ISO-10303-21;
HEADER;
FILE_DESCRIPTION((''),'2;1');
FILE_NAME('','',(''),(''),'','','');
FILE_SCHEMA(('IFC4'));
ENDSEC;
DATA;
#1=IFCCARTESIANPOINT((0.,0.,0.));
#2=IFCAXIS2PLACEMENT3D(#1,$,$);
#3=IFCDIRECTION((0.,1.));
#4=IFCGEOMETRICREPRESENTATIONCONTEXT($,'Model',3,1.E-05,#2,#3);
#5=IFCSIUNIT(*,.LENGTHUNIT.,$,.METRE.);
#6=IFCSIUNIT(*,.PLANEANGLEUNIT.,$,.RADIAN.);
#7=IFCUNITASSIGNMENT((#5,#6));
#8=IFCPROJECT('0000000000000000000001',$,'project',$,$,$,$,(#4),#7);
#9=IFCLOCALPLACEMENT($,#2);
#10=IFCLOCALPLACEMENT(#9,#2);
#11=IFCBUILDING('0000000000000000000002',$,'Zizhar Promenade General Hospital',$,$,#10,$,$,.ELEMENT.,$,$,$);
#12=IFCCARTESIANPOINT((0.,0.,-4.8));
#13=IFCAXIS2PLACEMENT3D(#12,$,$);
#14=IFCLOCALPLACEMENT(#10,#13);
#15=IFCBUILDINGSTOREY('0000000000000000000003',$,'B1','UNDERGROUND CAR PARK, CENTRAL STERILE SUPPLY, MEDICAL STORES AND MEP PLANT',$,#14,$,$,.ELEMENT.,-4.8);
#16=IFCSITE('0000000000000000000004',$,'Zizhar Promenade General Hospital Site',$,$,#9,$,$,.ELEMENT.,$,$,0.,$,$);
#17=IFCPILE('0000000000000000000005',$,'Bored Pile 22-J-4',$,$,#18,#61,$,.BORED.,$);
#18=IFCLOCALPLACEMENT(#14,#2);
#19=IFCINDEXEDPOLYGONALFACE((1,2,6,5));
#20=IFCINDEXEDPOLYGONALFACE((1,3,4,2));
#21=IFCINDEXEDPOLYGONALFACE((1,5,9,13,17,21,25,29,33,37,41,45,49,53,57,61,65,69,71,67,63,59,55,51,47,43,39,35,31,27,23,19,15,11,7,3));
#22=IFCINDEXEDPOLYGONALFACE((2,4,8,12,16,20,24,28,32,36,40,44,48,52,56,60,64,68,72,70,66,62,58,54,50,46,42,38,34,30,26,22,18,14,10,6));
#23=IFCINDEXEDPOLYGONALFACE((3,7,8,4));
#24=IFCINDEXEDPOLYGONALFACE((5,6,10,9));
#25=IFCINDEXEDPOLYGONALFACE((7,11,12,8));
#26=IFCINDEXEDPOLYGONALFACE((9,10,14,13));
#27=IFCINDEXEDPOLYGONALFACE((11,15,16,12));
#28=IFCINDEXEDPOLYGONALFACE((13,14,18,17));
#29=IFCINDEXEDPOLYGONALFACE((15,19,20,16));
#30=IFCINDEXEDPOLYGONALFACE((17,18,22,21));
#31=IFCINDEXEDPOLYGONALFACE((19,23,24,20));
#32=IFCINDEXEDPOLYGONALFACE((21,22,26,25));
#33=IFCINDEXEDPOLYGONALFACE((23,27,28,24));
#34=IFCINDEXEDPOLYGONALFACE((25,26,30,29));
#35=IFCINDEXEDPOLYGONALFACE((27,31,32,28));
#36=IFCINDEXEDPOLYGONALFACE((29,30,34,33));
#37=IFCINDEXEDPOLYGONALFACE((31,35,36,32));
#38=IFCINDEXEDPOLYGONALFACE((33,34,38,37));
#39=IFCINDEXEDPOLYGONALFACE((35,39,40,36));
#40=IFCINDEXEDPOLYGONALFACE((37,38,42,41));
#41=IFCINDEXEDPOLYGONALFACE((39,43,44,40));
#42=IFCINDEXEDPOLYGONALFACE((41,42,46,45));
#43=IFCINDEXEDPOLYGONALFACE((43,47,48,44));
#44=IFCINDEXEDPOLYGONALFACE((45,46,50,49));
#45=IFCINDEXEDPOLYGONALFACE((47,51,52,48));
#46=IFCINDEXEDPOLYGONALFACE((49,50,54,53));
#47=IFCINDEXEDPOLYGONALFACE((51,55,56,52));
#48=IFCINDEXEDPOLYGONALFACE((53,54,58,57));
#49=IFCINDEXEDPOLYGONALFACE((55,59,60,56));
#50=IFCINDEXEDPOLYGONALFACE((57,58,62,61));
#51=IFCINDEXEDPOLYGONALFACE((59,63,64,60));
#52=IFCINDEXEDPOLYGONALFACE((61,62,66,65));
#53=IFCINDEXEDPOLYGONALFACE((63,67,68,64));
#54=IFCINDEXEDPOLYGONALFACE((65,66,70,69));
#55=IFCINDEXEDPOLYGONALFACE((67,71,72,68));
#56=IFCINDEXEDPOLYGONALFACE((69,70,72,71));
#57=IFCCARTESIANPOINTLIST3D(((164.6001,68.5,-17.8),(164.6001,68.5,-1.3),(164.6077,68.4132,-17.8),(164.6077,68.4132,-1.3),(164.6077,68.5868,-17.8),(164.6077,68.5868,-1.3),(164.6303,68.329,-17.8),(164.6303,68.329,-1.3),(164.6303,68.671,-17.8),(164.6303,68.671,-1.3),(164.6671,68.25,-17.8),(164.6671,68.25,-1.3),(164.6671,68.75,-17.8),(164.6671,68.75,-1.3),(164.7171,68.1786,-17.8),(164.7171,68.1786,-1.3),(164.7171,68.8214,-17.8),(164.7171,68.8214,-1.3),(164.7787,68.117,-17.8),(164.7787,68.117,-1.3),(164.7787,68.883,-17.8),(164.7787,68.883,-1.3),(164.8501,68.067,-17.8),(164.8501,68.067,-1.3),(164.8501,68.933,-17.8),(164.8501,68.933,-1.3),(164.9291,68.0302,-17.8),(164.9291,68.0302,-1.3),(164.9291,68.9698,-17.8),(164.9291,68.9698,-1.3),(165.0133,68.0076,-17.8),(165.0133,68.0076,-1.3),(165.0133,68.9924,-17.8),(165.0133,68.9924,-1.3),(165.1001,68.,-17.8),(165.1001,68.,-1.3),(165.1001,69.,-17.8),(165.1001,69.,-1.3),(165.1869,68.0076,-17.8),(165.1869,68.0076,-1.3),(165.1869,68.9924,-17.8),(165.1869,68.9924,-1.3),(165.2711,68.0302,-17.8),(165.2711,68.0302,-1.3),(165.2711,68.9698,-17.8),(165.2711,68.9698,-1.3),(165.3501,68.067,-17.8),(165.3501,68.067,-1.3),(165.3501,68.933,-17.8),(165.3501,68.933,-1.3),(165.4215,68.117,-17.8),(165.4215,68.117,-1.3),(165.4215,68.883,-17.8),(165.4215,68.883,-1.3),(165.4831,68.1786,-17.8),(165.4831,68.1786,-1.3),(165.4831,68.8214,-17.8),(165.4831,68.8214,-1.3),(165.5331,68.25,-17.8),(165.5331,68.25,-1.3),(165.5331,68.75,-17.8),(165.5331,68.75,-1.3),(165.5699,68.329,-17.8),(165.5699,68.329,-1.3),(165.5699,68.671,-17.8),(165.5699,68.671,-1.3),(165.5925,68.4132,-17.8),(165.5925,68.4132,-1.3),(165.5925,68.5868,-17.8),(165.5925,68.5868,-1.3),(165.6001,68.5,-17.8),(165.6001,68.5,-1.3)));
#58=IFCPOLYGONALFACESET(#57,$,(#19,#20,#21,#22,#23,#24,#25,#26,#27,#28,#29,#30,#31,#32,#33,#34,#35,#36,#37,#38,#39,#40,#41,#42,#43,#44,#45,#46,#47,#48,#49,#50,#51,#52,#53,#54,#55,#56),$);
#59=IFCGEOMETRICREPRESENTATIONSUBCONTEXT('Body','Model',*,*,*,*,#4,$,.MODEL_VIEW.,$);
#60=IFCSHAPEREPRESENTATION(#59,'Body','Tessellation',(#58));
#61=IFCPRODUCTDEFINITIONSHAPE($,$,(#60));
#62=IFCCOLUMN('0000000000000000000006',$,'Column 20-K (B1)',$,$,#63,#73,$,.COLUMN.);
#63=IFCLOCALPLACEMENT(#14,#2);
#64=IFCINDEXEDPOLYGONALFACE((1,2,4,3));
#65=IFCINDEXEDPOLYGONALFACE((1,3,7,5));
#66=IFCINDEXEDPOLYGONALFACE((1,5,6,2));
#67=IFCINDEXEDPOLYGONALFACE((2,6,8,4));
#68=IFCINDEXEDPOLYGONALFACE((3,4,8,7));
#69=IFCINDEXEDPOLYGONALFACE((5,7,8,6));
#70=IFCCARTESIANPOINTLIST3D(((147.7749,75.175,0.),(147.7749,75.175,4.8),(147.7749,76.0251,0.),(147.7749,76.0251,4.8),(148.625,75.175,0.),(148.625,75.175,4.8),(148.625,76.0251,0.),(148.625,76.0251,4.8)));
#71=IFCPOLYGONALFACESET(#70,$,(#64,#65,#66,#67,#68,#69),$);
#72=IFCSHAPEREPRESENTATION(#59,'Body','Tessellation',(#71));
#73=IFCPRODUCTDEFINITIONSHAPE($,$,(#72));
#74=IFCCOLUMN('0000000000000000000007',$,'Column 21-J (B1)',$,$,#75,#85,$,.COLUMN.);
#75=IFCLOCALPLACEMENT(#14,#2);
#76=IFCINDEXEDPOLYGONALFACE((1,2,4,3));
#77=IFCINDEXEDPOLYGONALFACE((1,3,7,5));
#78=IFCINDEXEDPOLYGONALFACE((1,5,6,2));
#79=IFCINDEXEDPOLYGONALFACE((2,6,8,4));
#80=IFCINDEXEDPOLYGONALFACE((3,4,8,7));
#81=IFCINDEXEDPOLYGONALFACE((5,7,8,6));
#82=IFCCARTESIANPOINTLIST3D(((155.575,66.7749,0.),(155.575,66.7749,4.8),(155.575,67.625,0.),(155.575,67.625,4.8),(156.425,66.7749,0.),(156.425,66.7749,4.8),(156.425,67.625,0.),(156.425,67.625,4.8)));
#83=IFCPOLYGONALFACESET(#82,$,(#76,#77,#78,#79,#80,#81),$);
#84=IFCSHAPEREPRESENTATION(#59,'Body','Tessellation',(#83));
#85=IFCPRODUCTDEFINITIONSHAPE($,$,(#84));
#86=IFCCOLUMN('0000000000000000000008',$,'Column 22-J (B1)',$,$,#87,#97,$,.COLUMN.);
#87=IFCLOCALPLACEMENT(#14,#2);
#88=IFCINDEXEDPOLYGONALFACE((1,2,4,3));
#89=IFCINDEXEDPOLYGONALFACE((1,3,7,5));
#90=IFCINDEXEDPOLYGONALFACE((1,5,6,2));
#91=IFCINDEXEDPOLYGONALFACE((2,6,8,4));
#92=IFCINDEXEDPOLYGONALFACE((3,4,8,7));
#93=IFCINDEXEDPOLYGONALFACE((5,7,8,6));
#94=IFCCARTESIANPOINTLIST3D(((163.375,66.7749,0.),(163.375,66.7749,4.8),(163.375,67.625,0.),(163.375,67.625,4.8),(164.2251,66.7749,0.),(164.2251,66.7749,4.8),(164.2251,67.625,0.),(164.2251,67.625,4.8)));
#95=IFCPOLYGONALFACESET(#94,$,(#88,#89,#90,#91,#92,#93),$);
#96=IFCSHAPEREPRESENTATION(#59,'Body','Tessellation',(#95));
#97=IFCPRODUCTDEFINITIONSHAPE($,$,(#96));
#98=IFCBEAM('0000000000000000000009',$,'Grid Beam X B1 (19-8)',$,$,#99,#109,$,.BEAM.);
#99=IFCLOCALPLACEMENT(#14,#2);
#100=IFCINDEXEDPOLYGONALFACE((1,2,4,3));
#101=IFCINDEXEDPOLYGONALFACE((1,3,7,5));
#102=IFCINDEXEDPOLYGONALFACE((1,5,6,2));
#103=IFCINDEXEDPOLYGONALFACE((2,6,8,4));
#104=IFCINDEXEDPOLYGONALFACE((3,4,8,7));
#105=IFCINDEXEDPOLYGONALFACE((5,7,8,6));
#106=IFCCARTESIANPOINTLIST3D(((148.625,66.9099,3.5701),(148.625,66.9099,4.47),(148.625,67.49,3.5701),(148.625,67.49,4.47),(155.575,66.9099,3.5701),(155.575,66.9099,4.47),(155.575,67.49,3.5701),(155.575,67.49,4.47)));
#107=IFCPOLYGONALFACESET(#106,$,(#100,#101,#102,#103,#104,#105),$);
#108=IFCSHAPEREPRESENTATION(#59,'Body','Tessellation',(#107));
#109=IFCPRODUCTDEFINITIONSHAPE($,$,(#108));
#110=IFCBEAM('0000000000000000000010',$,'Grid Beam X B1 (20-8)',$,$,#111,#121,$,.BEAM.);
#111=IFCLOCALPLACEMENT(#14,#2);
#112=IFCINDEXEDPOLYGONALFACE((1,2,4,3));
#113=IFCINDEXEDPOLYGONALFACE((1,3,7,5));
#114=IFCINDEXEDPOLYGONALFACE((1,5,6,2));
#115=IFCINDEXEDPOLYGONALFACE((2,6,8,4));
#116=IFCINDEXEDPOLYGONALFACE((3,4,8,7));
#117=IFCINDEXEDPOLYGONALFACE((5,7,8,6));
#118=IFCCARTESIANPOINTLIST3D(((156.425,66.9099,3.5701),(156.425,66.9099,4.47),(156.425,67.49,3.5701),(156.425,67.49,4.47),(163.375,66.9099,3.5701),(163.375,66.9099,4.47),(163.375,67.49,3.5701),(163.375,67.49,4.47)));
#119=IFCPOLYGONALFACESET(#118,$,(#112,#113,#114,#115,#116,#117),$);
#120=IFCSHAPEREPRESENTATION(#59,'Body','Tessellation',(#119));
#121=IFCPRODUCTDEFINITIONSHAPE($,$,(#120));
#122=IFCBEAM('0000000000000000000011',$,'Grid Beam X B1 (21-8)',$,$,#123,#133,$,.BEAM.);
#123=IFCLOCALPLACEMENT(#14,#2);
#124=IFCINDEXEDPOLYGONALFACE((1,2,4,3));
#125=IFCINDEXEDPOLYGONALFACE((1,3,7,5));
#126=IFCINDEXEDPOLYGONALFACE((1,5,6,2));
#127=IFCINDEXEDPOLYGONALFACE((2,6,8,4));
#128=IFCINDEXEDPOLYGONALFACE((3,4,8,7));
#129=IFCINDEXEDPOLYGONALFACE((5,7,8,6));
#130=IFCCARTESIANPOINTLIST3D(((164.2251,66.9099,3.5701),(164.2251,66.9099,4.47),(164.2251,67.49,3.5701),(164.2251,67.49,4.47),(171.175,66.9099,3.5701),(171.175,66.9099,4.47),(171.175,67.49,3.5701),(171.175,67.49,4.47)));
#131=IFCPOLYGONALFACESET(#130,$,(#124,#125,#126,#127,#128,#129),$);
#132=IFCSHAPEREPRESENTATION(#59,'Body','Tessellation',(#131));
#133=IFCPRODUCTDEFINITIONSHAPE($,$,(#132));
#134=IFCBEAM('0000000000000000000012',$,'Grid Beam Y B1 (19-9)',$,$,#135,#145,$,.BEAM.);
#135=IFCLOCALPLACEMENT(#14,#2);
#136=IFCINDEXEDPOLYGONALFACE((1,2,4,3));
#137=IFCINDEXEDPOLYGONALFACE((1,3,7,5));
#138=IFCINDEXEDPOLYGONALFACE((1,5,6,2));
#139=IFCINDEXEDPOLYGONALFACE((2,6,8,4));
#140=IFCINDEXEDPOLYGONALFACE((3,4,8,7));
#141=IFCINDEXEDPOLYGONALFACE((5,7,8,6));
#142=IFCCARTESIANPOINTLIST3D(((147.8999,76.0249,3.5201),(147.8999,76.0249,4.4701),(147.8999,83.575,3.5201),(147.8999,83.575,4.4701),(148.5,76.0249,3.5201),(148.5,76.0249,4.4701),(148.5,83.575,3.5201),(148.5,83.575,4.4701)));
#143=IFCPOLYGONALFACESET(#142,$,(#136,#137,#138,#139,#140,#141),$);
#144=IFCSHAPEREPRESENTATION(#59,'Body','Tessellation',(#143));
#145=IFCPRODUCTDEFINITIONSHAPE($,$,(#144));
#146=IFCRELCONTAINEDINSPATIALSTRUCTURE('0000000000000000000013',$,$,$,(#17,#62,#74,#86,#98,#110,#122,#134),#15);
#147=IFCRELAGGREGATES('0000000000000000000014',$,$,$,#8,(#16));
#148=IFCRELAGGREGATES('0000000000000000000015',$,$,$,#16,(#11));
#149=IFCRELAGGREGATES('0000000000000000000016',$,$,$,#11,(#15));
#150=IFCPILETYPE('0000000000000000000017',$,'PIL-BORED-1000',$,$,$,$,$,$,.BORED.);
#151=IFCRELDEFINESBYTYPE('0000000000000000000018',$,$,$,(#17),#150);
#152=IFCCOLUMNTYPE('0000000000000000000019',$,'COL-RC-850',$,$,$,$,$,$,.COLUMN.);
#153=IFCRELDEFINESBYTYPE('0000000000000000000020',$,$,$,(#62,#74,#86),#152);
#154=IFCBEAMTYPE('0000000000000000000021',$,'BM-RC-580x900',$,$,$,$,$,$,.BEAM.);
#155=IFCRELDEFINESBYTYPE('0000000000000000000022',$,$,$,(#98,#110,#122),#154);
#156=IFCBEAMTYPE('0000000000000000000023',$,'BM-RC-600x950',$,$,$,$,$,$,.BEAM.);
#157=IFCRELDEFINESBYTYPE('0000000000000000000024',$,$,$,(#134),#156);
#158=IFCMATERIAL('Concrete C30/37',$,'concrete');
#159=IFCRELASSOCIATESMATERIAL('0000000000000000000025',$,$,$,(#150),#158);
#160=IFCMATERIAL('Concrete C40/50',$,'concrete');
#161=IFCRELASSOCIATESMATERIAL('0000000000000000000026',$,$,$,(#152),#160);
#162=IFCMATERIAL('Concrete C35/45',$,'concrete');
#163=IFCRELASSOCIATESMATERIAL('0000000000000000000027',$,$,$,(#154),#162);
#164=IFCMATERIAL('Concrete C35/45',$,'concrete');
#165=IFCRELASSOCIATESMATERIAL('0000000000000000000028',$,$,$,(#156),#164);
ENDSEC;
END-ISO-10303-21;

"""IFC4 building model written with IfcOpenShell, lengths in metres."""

from ifc_helpers import new_model, si_unit, direction, frame, origin, origin_2d, place, context, subcontext, project, spatial, rectangle, circle, extrude, material, material_profile, profile_set, type_object, element, save


model = new_model("IFC4")

# Units and contexts
model_context = context("Model", 3, precision=1e-05, world=origin(), true_north=direction((0.0, 1.0)))
body_context = subcontext(model_context, "Body", "Model", "MODEL_VIEW")
ifc_project = project(units=[si_unit("LENGTHUNIT", "METRE"), si_unit("PLANEANGLEUNIT", "RADIAN")], contexts=[model_context])

# Site, building, storey
site_placement = place(None, origin())
site = spatial("IfcSite", under=ifc_project, at=site_placement, Name="Zizhar Promenade General Hospital Site", CompositionType="ELEMENT", RefElevation=0.0)
building_placement = place(site_placement, origin())
building = spatial("IfcBuilding", under=site, at=building_placement, Name="Zizhar Promenade General Hospital", CompositionType="ELEMENT")
storey_placement = place(building_placement, frame((0.0, 0.0, -4.8)))
storey = spatial("IfcBuildingStorey", under=building, at=storey_placement, Name="B1", Description="UNDERGROUND CAR PARK, CENTRAL STERILE SUPPLY, MEDICAL STORES AND MEP PLANT", CompositionType="ELEMENT", Elevation=-4.8)

# Pile
ifc_material_1 = material(Name="Concrete C30/37", Category="concrete")
ifc_material_profile_1 = material_profile(ifc_material_1, circle(Radius=0.5, at=origin_2d()))
ifc_profile_set_1 = profile_set([ifc_material_profile_1], Name="Concrete C30/37")
pile_type = type_object("IfcPileType", Name="PIL-BORED-1000", PredefinedType="BORED", material=ifc_profile_set_1)
for number, where, z_axis, x_axis, name in (
    (1, (165.1001, 68.5, -1.3), (0.0, 0.0, -1.0), (1.0, 0.0, 0.0), "Bored Pile 22-J-4"),
):
    element("IfcPile", number, at=place(storey_placement, frame(where, z_axis=z_axis, x_axis=x_axis)), inside=storey, type_object=pile_type, Name=name, PredefinedType="BORED", context=body_context, shape_type="SweptSolid", body=[
        extrude(circle(Radius=0.5, at=origin_2d()), origin(), (0.0, 0.0, 1.0), 16.5),
    ])

# Columns
ifc_material_2 = material(Name="Concrete C40/50", Category="concrete")
ifc_material_profile_2 = material_profile(ifc_material_2, rectangle(XDim=0.8501, YDim=0.8501, at=origin_2d()))
ifc_profile_set_2 = profile_set([ifc_material_profile_2], Name="Concrete C40/50")
column_type = type_object("IfcColumnType", Name="COL-RC-850", PredefinedType="COLUMN", material=ifc_profile_set_2)
for number, where, z_axis, x_axis, name in (
    (2, (148.2, 75.6001, 0.0), (0.0, 0.0, 1.0), (1.0, 0.0, 0.0), "Column 20-K (B1)"),
    (3, (156.0, 67.2, 0.0), (0.0, 0.0, 1.0), (1.0, 0.0, 0.0), "Column 21-J (B1)"),
    (4, (163.8, 67.2, 0.0), (0.0, 0.0, 1.0), (1.0, 0.0, 0.0), "Column 22-J (B1)"),
):
    element("IfcColumn", number, at=place(storey_placement, frame(where, z_axis=z_axis, x_axis=x_axis)), inside=storey, type_object=column_type, Name=name, PredefinedType="COLUMN", context=body_context, shape_type="SweptSolid", body=[
        extrude(rectangle(XDim=0.8501, YDim=0.8501, at=origin_2d()), origin(), (0.0, 0.0, 1.0), 4.8),
    ])

# Beams
ifc_material_3 = material(Name="Concrete C35/45", Category="concrete")
ifc_material_profile_3 = material_profile(ifc_material_3, rectangle(XDim=0.5801, YDim=0.8999, at=origin_2d()))
ifc_profile_set_3 = profile_set([ifc_material_profile_3], Name="Concrete C35/45")
beam_type_1 = type_object("IfcBeamType", Name="BM-RC-580x900", PredefinedType="BEAM", material=ifc_profile_set_3)
for number, where, z_axis, x_axis, name in (
    (5, (148.625, 67.2, 4.02), (1.0, 0.0, 0.0), (0.0, 1.0, 0.0), "Grid Beam X B1 (19-8)"),
    (6, (156.425, 67.2, 4.02), (1.0, 0.0, 0.0), (0.0, 1.0, 0.0), "Grid Beam X B1 (20-8)"),
    (7, (164.2251, 67.2, 4.02), (1.0, 0.0, 0.0), (0.0, 1.0, 0.0), "Grid Beam X B1 (21-8)"),
):
    element("IfcBeam", number, at=place(storey_placement, frame(where, z_axis=z_axis, x_axis=x_axis)), inside=storey, type_object=beam_type_1, Name=name, PredefinedType="BEAM", context=body_context, shape_type="SweptSolid", body=[
        extrude(rectangle(XDim=0.5801, YDim=0.8999, at=origin_2d()), origin(), (0.0, 0.0, 1.0), 6.95),
    ])
ifc_material_4 = material(Name="Concrete C35/45", Category="concrete")
ifc_material_profile_4 = material_profile(ifc_material_4, rectangle(XDim=0.6001, YDim=0.95, at=origin_2d()))
ifc_profile_set_4 = profile_set([ifc_material_profile_4], Name="Concrete C35/45")
beam_type_2 = type_object("IfcBeamType", Name="BM-RC-600x950", PredefinedType="BEAM", material=ifc_profile_set_4)
beam_placement = place(storey_placement, frame((148.2, 76.0249, 3.9951), z_axis=(0.0, 1.0, 0.0), x_axis=(-1.0, 0.0, 0.0)))
element("IfcBeam", 8, at=beam_placement, inside=storey, type_object=beam_type_2, Name="Grid Beam Y B1 (19-9)", PredefinedType="BEAM", context=body_context, shape_type="SweptSolid", body=[
    extrude(rectangle(XDim=0.6001, YDim=0.95, at=origin_2d()), origin(), (0.0, 0.0, 1.0), 7.55),
])

save(model, "model.ifc")
